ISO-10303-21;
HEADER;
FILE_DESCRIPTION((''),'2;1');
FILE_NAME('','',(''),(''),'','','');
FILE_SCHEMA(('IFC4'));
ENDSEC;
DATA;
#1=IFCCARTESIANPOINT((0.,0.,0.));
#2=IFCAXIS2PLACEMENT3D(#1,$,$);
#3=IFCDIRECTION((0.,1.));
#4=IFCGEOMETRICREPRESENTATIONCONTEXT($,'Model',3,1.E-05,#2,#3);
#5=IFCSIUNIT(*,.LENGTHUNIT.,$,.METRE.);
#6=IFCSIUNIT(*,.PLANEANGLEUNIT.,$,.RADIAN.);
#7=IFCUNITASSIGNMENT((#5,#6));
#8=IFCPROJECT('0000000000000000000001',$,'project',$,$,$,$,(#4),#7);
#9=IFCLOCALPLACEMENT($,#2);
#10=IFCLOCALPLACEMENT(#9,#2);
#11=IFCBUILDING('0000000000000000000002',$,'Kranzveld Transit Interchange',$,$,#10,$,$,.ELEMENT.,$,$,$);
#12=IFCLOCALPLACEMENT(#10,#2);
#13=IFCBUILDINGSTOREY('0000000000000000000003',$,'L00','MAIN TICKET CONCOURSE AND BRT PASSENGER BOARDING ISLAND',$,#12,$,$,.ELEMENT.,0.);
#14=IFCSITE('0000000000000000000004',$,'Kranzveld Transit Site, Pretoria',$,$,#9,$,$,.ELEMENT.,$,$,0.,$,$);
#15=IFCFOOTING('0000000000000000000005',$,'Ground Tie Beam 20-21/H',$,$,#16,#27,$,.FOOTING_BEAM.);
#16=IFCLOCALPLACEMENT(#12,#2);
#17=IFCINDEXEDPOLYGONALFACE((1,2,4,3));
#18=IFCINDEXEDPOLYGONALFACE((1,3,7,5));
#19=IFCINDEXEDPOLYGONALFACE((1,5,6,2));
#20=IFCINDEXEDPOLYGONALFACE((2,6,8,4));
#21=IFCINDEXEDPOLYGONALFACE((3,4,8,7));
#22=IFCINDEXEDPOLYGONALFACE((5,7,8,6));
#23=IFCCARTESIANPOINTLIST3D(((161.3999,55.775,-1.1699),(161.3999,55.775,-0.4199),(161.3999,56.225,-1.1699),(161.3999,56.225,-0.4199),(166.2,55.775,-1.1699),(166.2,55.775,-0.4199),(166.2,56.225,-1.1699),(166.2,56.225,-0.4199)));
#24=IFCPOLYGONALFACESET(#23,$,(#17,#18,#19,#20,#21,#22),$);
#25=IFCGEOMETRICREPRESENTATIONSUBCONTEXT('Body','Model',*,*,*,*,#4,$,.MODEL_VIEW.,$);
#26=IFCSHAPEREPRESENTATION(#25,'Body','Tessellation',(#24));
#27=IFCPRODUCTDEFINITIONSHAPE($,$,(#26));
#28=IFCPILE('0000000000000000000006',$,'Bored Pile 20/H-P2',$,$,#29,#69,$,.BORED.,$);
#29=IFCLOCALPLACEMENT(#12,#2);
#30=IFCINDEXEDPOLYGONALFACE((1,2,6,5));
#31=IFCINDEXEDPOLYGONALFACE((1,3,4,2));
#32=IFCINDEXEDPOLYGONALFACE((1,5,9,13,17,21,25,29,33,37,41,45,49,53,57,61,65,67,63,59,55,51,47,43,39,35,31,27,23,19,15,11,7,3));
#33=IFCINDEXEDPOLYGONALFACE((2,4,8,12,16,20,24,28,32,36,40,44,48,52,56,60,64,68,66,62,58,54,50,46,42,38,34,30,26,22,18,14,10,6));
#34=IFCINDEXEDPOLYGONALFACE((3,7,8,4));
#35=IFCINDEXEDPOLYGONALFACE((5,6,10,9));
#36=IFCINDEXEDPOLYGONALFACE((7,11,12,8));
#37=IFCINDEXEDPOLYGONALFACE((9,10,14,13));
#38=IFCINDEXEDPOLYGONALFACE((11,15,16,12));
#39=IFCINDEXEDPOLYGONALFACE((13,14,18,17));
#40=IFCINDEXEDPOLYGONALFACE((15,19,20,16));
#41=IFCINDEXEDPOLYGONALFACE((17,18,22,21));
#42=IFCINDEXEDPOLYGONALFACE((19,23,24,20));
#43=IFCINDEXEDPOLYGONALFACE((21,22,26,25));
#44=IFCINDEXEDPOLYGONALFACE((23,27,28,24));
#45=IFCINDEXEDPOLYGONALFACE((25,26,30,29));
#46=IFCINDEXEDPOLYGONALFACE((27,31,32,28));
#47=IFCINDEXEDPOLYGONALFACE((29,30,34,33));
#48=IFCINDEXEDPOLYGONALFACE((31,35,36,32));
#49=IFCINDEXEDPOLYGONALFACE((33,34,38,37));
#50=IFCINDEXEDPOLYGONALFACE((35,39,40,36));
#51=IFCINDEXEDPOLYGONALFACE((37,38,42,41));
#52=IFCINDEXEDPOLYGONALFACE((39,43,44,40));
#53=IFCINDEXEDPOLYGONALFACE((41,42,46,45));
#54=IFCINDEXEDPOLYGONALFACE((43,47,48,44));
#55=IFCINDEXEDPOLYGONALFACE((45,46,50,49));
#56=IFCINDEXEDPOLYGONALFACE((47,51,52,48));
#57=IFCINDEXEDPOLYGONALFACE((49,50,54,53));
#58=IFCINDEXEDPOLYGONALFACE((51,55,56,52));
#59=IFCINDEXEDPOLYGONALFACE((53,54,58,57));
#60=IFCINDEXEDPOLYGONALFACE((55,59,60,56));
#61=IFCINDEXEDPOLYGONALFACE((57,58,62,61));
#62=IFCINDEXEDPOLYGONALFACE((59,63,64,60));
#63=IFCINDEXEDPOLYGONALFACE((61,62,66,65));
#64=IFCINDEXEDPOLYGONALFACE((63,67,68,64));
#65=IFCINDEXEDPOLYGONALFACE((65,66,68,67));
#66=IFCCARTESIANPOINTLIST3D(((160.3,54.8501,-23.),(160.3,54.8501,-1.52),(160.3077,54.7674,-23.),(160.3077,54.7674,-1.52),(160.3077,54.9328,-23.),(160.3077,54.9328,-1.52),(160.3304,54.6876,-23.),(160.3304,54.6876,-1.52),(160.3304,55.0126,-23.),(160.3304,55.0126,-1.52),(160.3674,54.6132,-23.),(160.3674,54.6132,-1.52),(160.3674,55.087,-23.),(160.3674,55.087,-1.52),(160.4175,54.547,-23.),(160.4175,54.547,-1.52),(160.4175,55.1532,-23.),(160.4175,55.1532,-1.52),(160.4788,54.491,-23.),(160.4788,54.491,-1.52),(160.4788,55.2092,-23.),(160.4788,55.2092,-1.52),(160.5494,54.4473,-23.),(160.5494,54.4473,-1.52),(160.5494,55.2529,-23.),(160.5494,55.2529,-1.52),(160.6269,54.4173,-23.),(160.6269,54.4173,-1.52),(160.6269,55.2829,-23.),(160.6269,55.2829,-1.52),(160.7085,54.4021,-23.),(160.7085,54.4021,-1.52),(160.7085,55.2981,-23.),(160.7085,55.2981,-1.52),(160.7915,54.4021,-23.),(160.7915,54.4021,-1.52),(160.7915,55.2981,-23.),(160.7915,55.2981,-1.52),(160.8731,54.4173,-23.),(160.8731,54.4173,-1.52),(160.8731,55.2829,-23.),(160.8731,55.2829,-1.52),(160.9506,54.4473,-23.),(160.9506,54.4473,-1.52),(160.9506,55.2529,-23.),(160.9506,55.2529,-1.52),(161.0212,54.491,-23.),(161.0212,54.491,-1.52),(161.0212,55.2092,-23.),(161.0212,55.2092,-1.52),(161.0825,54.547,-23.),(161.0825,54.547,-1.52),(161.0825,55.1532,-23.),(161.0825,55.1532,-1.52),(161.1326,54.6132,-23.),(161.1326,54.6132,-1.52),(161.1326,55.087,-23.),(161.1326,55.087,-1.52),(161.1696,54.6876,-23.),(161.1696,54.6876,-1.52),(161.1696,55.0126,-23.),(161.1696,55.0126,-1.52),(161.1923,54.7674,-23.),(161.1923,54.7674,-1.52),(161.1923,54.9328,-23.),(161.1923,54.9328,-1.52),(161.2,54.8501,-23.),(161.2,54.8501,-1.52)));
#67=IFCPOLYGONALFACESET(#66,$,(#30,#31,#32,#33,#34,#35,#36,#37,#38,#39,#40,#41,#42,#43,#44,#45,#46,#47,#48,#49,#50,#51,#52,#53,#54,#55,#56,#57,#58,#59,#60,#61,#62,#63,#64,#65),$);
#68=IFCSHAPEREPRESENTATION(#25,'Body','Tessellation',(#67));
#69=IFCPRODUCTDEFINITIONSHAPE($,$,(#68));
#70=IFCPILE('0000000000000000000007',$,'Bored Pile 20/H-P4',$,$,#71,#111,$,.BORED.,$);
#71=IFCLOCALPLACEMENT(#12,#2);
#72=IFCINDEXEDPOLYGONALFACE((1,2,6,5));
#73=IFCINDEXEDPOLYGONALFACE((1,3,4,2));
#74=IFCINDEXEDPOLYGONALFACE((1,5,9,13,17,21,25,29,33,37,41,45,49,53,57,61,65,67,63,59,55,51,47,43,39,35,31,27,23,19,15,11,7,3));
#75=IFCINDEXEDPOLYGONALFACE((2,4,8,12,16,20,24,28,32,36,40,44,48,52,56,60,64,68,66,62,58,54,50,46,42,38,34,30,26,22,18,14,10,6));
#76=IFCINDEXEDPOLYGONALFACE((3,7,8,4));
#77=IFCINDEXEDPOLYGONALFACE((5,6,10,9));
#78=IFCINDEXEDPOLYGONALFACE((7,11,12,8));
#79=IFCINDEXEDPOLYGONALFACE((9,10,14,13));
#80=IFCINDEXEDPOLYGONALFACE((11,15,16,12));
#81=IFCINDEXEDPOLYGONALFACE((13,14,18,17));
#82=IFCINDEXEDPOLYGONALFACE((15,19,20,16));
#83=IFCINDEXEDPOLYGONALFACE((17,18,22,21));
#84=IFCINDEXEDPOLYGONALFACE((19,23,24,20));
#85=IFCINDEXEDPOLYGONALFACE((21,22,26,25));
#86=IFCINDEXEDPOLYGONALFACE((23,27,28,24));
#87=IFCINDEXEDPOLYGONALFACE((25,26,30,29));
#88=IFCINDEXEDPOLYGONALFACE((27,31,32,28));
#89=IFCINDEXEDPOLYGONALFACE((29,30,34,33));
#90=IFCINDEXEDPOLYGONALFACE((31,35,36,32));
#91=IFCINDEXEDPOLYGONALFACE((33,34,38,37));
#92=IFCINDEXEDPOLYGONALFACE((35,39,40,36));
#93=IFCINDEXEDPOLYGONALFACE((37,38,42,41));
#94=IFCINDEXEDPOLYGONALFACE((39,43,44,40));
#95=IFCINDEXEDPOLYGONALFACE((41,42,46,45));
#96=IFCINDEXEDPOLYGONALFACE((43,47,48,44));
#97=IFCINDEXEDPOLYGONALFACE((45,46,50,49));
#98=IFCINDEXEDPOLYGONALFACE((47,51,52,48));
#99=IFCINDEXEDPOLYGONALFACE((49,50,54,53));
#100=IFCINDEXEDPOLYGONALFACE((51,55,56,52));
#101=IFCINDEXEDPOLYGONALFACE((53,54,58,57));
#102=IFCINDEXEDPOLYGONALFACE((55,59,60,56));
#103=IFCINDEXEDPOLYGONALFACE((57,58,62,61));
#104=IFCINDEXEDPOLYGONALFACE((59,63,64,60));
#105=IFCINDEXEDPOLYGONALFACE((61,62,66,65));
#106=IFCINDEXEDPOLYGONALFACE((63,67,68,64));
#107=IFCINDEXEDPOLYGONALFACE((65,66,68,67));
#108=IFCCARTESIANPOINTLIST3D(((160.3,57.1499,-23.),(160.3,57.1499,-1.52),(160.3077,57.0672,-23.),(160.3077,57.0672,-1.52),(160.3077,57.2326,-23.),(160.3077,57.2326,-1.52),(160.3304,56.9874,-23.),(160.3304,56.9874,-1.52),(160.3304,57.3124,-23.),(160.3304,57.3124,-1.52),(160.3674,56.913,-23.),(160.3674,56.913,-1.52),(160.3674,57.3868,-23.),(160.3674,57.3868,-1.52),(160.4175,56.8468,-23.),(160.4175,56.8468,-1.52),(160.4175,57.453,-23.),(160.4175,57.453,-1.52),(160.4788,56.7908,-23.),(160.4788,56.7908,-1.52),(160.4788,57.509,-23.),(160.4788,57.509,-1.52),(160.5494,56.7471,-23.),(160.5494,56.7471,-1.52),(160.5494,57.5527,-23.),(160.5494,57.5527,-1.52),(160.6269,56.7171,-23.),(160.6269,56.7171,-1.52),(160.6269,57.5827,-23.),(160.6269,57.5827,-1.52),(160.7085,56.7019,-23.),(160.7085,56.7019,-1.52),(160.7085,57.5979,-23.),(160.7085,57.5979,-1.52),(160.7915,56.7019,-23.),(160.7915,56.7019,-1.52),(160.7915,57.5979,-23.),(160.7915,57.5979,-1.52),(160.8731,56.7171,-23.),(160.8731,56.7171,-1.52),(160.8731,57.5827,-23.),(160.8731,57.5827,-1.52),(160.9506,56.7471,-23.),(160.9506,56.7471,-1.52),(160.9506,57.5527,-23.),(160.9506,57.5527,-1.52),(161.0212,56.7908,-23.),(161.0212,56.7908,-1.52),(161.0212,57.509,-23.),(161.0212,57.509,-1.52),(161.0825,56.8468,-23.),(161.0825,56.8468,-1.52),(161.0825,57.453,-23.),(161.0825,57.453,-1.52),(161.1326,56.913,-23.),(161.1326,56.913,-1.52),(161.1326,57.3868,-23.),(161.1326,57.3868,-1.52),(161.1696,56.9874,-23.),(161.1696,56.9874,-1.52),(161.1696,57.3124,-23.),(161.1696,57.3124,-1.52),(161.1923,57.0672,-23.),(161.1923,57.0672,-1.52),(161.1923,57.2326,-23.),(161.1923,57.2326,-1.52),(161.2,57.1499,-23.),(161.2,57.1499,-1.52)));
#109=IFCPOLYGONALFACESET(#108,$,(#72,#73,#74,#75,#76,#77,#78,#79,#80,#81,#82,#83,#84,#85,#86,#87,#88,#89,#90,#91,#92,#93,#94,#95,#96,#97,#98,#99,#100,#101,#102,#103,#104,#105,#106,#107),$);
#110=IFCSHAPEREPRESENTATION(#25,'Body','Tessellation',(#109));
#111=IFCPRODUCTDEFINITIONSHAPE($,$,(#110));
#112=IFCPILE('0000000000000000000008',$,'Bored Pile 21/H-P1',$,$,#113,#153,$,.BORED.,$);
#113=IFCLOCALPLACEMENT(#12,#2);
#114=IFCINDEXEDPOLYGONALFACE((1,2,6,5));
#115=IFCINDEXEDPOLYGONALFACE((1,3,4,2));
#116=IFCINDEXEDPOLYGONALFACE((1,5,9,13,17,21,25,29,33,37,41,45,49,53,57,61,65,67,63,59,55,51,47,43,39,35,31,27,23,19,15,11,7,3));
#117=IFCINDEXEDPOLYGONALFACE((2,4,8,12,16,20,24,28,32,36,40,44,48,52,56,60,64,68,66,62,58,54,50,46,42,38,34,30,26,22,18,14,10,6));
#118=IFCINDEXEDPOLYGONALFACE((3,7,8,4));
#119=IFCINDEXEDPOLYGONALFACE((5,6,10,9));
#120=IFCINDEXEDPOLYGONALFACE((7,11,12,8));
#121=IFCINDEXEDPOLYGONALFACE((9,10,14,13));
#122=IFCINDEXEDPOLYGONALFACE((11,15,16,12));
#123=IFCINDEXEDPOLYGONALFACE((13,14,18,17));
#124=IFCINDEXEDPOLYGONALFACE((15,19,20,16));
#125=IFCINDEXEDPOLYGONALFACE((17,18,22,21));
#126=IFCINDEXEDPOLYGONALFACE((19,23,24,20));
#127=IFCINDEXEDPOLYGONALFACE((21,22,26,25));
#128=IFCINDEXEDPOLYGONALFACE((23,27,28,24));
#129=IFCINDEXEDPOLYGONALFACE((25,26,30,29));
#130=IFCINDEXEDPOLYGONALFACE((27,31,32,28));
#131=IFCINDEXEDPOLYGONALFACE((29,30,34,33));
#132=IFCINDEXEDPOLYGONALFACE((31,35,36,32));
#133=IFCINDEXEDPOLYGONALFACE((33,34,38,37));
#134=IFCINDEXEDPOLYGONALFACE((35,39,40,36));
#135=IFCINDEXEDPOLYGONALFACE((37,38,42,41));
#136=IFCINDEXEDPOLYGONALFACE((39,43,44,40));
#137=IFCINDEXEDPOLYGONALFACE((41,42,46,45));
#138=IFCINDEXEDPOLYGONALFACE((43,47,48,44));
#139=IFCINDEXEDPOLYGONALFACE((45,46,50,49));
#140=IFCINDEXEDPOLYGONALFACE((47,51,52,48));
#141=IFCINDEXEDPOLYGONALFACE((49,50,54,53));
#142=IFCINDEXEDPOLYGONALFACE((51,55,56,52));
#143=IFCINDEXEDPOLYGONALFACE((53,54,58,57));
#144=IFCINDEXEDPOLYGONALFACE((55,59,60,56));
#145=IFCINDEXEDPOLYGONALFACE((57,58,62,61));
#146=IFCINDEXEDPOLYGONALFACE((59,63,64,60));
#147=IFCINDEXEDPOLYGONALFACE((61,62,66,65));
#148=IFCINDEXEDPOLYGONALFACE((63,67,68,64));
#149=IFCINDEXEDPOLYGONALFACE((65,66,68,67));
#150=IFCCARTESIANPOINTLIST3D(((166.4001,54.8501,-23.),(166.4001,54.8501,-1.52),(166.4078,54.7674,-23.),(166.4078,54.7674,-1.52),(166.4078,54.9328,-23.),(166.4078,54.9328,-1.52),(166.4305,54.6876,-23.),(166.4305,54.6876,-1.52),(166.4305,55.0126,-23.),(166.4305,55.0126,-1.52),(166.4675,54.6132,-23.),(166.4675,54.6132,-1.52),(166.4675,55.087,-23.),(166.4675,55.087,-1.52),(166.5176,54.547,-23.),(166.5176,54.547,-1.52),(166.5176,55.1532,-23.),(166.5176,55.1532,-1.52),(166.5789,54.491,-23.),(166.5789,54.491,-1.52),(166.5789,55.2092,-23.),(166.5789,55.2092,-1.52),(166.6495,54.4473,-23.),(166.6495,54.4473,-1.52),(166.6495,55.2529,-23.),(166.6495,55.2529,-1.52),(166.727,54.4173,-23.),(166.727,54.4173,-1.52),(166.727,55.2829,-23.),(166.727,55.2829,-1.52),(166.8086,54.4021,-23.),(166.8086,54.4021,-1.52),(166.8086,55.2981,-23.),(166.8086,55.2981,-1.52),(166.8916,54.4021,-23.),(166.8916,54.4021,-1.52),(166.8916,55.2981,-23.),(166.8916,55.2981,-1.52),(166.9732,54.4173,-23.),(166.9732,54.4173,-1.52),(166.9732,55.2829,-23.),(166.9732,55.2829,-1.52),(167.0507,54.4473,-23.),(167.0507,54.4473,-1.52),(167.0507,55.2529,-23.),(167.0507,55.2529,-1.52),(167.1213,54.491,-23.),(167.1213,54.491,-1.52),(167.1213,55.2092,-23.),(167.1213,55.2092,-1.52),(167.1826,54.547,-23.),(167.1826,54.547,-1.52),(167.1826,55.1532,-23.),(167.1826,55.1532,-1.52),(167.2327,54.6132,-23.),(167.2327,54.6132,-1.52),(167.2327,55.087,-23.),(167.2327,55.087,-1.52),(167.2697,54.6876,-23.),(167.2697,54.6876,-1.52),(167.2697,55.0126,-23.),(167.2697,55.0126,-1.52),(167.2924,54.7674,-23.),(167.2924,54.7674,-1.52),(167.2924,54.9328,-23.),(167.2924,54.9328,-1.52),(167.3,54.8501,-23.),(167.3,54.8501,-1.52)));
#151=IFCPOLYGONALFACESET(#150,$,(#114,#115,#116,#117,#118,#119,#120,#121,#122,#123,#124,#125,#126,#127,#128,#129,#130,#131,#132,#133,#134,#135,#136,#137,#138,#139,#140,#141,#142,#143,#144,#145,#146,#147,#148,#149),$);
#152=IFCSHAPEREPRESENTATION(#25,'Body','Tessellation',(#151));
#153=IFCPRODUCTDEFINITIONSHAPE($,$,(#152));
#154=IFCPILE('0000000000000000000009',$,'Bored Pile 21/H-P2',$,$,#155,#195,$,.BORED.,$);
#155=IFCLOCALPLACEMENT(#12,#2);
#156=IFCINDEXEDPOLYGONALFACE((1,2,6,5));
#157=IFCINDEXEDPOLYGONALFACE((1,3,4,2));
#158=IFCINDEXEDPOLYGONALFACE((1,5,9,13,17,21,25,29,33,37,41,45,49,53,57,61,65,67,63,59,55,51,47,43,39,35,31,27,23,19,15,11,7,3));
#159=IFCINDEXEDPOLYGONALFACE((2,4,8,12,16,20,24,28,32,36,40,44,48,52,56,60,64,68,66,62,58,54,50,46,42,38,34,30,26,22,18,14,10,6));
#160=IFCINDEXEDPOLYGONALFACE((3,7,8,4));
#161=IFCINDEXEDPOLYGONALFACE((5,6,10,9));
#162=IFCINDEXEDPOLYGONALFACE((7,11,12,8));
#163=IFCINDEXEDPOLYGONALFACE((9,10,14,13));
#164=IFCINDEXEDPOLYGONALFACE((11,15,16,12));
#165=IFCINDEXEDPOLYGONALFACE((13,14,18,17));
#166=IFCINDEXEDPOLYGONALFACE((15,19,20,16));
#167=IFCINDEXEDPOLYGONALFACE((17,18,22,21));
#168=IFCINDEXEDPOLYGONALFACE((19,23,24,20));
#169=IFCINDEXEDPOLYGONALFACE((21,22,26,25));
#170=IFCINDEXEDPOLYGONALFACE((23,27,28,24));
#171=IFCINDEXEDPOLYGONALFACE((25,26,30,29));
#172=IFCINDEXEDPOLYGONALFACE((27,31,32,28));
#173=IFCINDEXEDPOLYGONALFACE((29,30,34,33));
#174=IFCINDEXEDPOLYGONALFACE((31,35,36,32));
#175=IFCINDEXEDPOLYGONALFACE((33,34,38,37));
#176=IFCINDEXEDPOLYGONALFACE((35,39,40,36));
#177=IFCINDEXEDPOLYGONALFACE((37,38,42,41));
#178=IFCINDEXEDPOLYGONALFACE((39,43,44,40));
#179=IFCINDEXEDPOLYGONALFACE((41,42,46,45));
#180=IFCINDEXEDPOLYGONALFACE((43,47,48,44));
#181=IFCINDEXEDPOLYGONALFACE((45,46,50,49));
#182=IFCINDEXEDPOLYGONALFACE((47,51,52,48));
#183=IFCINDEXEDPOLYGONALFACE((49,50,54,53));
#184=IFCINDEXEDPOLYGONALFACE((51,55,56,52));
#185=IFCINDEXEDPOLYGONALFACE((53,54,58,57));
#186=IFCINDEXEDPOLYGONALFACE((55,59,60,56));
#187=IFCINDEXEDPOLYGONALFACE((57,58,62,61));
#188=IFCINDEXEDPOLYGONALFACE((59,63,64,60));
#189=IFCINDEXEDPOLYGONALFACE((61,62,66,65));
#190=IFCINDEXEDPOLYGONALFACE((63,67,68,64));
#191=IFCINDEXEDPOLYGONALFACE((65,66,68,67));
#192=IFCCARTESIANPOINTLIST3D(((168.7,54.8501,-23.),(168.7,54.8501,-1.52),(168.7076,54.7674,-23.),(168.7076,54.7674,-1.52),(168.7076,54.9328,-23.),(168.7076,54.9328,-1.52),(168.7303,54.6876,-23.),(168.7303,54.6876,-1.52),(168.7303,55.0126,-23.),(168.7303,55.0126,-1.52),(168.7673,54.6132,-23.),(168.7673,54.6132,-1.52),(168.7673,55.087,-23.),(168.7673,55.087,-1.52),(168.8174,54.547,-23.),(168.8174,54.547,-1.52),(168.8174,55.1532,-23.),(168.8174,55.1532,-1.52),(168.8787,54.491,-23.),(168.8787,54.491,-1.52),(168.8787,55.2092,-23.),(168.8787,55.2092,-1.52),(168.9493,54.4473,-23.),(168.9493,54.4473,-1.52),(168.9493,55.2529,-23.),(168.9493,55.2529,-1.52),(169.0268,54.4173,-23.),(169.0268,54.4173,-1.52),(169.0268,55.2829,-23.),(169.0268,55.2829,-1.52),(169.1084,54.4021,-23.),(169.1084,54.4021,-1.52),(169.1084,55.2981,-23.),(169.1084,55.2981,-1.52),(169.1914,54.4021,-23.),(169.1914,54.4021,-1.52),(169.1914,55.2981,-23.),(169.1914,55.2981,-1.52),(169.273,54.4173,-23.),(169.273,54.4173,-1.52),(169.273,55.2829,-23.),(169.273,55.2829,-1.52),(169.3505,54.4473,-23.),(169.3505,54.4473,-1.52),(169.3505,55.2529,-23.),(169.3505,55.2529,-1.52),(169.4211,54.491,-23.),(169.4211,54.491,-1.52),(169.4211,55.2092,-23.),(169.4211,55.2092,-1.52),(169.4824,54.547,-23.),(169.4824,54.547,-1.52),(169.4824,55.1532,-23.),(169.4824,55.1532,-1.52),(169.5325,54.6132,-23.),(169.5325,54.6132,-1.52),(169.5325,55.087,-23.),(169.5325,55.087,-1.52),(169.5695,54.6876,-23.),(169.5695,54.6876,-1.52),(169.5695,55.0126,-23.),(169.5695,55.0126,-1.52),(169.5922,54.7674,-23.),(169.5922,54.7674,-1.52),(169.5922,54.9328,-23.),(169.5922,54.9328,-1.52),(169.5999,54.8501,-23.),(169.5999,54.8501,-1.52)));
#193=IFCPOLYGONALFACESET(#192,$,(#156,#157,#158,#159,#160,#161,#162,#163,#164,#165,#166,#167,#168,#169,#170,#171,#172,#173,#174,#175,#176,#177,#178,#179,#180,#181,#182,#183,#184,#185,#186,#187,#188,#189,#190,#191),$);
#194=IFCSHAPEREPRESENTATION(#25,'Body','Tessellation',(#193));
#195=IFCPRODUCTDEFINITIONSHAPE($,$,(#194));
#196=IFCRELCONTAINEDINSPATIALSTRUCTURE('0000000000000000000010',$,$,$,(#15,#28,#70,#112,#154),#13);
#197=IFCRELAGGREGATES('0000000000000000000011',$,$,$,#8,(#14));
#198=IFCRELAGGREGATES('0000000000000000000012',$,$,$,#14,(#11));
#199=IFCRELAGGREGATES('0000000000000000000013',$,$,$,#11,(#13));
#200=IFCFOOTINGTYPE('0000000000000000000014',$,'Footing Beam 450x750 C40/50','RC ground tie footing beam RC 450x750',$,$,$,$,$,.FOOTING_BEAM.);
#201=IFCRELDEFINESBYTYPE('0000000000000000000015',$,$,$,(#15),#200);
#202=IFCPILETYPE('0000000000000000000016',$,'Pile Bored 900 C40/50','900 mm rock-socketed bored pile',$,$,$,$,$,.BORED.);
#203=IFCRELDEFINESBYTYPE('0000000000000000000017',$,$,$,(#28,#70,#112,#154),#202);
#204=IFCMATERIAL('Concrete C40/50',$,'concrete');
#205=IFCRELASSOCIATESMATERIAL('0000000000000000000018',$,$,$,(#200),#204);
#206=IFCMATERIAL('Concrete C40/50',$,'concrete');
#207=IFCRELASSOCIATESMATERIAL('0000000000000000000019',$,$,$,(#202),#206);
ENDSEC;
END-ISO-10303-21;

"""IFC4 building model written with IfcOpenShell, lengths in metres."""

from ifc_helpers import new_model, si_unit, direction, frame, origin, origin_2d, place, context, subcontext, project, spatial, rectangle, circle, extrude, material, material_profile, profile_set, type_object, element, save


model = new_model("IFC4")

# Units and contexts
model_context = context("Model", 3, precision=1e-05, world=origin(), true_north=direction((0.0, 1.0)))
body_context = subcontext(model_context, "Body", "Model", "MODEL_VIEW")
ifc_project = project(units=[si_unit("LENGTHUNIT", "METRE"), si_unit("PLANEANGLEUNIT", "RADIAN")], contexts=[model_context])

# Site, building, storey
site_placement = place(None, origin())
site = spatial("IfcSite", under=ifc_project, at=site_placement, Name="Kranzveld Transit Site, Pretoria", CompositionType="ELEMENT", RefElevation=0.0)
building_placement = place(site_placement, origin())
building = spatial("IfcBuilding", under=site, at=building_placement, Name="Kranzveld Transit Interchange", CompositionType="ELEMENT")
storey_placement = place(building_placement, origin())
storey = spatial("IfcBuildingStorey", under=building, at=storey_placement, Name="L00", Description="MAIN TICKET CONCOURSE AND BRT PASSENGER BOARDING ISLAND", CompositionType="ELEMENT", Elevation=0.0)

# Footing
ifc_material_1 = material(Name="Concrete C40/50", Category="concrete")
ifc_material_profile_1 = material_profile(ifc_material_1, rectangle(XDim=0.45, YDim=0.75, at=origin_2d()), Name="RC 450x750")
ifc_profile_set_1 = profile_set([ifc_material_profile_1], Name="Concrete C40/50")
footing_type_1 = type_object("IfcFootingType", Name="Footing Beam 450x750 C40/50", Description="RC ground tie footing beam RC 450x750", PredefinedType="FOOTING_BEAM", material=ifc_profile_set_1)
footing_1_placement = place(storey_placement, frame((161.3999, 56.0, -0.7949), z_axis=(1.0, 0.0, 0.0), x_axis=(0.0, 1.0, 0.0)))
element("IfcFooting", 1, at=footing_1_placement, inside=storey, type_object=footing_type_1, Name="Ground Tie Beam 20-21/H", PredefinedType="FOOTING_BEAM", context=body_context, shape_type="SweptSolid", body=[
    extrude(rectangle(XDim=0.45, YDim=0.75, at=origin_2d()), origin(), (0.0, 0.0, 1.0), 4.8),
])

# Piles
ifc_material_2 = material(Name="Concrete C40/50", Category="concrete")
ifc_material_profile_2 = material_profile(ifc_material_2, circle(Radius=0.45, at=origin_2d()), Name="BORED PILE 900")
ifc_profile_set_2 = profile_set([ifc_material_profile_2], Name="Concrete C40/50")
pile_type = type_object("IfcPileType", Name="Pile Bored 900 C40/50", Description="900 mm rock-socketed bored pile", PredefinedType="BORED", material=ifc_profile_set_2)
for number, where, z_axis, x_axis, name in (
    (2, (160.75, 54.8501, -1.52), (0.0, 0.0, -1.0), (1.0, 0.0, 0.0), "Bored Pile 20/H-P2"),
    (3, (160.75, 57.1499, -1.52), (0.0, 0.0, -1.0), (1.0, 0.0, 0.0), "Bored Pile 20/H-P4"),
    (4, (166.8501, 54.8501, -1.52), (0.0, 0.0, -1.0), (1.0, 0.0, 0.0), "Bored Pile 21/H-P1"),
    (5, (169.1499, 54.8501, -1.52), (0.0, 0.0, -1.0), (1.0, 0.0, 0.0), "Bored Pile 21/H-P2"),
):
    element("IfcPile", number, at=place(storey_placement, frame(where, z_axis=z_axis, x_axis=x_axis)), inside=storey, type_object=pile_type, Name=name, PredefinedType="BORED", context=body_context, shape_type="SweptSolid", body=[
        extrude(circle(Radius=0.45, at=origin_2d()), origin(), (0.0, 0.0, 1.0), 21.48),
    ])

save(model, "model.ifc")
